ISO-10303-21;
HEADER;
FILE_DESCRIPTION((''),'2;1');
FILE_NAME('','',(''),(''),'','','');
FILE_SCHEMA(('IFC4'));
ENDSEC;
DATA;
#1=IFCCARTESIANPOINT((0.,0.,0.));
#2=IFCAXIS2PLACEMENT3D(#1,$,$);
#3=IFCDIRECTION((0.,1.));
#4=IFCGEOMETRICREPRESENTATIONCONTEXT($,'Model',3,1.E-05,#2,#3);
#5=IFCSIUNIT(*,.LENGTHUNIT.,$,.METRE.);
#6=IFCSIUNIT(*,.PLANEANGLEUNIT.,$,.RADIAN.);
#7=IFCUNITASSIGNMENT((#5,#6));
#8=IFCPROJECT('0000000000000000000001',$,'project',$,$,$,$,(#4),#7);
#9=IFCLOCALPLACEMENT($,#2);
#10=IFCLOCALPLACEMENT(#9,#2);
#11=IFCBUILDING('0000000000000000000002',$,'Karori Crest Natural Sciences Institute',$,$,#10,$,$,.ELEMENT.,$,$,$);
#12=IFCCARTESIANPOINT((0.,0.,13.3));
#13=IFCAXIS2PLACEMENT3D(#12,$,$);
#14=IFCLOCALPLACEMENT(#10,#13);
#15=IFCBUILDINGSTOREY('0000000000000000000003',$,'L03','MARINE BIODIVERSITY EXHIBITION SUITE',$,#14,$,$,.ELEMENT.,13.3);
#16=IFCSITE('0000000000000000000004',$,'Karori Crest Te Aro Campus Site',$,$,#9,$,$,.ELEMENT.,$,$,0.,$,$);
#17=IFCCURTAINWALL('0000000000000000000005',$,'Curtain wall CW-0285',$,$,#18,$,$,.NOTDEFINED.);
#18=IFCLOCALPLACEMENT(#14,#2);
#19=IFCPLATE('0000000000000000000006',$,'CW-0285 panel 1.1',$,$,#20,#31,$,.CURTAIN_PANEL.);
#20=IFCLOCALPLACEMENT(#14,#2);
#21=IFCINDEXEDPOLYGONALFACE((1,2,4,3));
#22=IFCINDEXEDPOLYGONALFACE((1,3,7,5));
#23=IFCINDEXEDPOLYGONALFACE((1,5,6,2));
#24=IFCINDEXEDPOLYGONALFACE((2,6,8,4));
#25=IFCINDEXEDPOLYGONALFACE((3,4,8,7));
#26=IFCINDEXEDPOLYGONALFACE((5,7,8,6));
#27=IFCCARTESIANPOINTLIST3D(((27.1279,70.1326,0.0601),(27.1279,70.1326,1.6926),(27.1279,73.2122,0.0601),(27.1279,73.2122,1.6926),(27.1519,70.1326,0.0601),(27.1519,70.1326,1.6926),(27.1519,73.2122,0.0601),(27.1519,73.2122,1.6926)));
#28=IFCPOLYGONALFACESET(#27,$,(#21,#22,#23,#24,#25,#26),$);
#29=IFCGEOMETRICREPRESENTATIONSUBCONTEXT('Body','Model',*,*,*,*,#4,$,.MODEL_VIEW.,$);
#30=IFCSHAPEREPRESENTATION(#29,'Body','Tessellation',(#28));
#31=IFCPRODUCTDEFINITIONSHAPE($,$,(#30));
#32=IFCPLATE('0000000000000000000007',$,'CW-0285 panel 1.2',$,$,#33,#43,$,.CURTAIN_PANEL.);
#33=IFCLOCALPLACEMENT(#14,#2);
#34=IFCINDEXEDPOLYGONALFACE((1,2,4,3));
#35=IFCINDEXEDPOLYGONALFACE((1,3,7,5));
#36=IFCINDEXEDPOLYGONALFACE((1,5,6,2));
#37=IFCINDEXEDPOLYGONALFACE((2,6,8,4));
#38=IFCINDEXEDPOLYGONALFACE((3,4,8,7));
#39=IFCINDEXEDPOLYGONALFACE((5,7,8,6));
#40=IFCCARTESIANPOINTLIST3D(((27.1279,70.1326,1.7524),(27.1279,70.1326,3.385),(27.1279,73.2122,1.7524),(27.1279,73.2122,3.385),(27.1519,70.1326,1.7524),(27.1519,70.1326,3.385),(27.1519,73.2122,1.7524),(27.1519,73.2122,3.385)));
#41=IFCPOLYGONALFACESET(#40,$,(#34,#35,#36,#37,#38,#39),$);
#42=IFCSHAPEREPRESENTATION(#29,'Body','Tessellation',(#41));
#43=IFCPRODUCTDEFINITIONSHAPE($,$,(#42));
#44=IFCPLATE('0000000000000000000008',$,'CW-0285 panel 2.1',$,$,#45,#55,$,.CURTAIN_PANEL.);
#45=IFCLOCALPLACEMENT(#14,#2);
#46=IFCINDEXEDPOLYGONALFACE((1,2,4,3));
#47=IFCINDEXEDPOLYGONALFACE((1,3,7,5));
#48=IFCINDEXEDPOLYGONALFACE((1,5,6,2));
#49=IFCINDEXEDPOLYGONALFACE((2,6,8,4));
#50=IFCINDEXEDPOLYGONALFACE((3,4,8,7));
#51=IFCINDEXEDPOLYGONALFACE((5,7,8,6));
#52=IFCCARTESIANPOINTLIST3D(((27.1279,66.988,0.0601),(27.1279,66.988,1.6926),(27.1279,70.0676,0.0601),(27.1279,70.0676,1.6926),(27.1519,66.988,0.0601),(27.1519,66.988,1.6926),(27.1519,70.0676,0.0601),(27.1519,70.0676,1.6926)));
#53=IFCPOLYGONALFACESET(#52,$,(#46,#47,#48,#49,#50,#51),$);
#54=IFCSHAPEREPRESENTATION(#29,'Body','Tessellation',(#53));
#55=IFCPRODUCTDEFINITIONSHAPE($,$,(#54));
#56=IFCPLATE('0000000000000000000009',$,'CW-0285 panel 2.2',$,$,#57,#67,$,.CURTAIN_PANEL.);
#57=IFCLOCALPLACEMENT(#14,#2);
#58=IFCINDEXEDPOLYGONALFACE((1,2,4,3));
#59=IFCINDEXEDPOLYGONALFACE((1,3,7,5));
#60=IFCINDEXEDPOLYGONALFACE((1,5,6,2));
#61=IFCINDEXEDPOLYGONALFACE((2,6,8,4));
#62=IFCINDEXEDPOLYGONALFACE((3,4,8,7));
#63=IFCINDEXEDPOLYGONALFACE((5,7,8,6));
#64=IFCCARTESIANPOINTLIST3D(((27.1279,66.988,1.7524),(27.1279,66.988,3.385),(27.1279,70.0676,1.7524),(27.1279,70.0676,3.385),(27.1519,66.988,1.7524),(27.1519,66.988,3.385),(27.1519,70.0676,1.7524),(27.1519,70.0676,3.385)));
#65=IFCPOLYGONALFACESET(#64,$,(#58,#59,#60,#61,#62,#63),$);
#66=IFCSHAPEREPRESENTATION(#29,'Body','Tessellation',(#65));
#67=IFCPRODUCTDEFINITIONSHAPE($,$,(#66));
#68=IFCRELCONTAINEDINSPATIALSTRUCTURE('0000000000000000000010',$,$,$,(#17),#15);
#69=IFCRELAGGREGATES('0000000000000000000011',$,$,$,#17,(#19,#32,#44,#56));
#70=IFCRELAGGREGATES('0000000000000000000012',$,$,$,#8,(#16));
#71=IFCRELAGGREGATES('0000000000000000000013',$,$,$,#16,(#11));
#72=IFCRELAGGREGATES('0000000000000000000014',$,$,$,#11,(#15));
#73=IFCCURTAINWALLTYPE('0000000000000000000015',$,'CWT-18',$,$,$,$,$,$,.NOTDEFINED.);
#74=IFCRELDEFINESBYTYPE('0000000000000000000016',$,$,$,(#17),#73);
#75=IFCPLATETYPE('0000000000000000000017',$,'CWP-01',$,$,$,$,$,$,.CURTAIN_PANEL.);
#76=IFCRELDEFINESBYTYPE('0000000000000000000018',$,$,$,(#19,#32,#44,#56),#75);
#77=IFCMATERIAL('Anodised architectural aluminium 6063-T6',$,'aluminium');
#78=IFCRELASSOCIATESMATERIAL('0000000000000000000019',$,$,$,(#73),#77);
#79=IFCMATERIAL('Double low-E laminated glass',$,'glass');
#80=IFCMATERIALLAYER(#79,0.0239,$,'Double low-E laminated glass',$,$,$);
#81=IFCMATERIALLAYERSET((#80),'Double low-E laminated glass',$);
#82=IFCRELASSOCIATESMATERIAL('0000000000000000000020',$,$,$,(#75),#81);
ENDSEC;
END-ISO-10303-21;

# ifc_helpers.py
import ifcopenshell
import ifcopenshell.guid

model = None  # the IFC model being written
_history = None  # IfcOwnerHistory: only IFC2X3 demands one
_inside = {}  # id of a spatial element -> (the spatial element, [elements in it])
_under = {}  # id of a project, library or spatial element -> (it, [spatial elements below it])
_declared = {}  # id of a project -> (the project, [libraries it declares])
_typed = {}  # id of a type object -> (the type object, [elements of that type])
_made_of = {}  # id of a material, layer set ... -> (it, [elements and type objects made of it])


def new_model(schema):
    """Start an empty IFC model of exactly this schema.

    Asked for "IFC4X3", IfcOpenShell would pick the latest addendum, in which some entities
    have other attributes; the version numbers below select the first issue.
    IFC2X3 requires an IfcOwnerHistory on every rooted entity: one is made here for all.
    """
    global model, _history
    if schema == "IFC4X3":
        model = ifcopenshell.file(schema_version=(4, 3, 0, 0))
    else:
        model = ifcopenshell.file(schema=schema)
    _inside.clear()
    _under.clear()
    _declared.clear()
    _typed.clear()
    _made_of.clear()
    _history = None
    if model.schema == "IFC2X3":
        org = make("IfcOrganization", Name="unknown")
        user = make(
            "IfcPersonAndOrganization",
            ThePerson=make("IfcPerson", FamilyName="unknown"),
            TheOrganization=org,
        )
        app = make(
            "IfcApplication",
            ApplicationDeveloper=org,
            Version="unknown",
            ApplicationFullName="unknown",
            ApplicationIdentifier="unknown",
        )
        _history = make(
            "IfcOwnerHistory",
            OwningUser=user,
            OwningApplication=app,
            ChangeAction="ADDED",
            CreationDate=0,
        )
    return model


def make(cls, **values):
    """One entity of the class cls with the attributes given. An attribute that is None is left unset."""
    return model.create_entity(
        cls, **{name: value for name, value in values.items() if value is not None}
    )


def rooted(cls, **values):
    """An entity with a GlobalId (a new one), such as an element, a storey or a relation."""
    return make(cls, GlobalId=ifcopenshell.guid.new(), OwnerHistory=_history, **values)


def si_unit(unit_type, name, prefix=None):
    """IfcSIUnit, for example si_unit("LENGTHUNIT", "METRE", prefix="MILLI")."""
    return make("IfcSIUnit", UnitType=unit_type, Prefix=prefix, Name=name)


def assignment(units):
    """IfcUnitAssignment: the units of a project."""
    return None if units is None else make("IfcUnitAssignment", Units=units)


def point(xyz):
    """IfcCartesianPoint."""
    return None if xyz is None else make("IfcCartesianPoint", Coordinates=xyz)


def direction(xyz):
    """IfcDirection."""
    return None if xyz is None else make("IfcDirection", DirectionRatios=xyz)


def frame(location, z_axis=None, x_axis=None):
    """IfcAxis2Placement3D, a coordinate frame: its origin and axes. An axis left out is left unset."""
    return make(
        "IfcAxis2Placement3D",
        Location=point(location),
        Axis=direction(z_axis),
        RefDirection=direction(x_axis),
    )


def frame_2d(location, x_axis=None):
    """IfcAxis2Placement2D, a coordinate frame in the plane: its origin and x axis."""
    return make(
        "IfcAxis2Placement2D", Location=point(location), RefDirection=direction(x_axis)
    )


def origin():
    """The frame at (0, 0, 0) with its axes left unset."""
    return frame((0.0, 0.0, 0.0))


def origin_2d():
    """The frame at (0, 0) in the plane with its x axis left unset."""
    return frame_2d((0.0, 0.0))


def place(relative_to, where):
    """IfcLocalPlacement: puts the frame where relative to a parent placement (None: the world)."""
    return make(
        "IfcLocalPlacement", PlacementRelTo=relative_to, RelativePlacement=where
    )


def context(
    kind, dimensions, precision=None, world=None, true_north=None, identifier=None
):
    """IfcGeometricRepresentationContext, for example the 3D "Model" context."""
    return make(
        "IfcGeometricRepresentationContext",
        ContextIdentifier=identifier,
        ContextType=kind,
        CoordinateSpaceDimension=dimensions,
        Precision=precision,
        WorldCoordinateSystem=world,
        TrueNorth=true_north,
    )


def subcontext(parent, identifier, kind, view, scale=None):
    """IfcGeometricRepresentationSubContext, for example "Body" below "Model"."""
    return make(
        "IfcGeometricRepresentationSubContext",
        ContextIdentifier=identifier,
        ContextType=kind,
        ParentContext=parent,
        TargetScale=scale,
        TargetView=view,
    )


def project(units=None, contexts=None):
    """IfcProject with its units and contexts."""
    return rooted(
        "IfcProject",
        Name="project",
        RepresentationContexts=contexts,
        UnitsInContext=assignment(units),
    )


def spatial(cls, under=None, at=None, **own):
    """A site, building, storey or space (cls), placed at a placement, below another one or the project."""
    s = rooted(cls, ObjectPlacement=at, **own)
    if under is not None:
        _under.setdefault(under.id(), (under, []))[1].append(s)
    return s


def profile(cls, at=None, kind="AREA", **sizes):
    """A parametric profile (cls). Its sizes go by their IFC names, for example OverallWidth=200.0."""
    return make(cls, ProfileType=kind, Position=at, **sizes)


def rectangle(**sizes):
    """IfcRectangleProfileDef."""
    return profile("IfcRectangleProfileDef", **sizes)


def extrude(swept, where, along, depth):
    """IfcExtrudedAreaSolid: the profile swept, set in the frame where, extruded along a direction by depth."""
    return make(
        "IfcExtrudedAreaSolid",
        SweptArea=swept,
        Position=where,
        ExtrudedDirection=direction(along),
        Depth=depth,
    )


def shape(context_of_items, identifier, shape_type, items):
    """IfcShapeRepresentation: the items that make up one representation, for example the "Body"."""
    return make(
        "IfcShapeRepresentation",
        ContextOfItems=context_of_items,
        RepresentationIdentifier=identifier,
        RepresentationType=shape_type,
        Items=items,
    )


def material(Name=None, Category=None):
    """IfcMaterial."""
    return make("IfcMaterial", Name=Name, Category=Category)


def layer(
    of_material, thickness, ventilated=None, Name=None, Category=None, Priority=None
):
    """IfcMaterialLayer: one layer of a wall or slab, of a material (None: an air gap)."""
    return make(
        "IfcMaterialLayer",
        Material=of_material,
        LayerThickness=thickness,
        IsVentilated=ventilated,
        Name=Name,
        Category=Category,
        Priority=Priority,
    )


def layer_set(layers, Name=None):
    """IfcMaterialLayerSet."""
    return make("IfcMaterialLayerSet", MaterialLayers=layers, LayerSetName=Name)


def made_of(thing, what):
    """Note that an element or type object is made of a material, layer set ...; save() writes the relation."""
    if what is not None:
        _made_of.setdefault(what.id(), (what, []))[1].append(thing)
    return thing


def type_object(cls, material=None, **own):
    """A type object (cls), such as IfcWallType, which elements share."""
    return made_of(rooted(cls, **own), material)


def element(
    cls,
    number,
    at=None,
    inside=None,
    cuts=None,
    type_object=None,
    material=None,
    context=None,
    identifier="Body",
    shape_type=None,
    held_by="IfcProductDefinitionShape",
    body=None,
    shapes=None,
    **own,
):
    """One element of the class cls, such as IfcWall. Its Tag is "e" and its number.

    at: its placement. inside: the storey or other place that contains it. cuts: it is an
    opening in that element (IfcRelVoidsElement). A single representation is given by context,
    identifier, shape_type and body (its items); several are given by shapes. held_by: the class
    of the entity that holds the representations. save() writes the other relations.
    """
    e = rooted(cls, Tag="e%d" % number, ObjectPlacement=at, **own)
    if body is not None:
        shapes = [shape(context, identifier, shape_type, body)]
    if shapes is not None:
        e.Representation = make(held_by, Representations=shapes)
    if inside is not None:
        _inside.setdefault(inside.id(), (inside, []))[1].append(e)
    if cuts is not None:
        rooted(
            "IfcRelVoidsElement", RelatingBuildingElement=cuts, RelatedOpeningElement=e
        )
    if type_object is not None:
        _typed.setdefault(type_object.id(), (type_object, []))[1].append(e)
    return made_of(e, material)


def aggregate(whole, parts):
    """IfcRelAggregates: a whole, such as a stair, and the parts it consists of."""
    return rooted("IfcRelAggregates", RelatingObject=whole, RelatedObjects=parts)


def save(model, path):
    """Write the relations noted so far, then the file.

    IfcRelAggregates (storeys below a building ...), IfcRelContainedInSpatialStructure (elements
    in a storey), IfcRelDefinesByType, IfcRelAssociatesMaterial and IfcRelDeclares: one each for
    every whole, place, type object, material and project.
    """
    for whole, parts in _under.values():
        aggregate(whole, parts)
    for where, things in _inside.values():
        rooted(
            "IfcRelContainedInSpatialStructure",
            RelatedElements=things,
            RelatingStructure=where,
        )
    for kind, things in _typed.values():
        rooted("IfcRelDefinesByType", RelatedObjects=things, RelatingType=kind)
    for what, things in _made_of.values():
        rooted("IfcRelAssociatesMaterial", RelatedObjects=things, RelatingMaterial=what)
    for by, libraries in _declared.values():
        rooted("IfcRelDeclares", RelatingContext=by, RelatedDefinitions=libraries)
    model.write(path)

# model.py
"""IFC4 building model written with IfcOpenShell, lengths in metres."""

from ifc_helpers import new_model, si_unit, direction, frame, origin, origin_2d, place, context, subcontext, project, spatial, rectangle, extrude, material, layer, layer_set, type_object, element, aggregate, save


model = new_model("IFC4")

# Units and contexts
model_context = context("Model", 3, precision=1e-05, world=origin(), true_north=direction((0.0, 1.0)))
body_context = subcontext(model_context, "Body", "Model", "MODEL_VIEW")
ifc_project = project(units=[si_unit("LENGTHUNIT", "METRE"), si_unit("PLANEANGLEUNIT", "RADIAN")], contexts=[model_context])

# Site, building, storey
site_placement = place(None, origin())
site = spatial("IfcSite", under=ifc_project, at=site_placement, Name="Karori Crest Te Aro Campus Site", CompositionType="ELEMENT", RefElevation=0.0)
building_placement = place(site_placement, origin())
building = spatial("IfcBuilding", under=site, at=building_placement, Name="Karori Crest Natural Sciences Institute", CompositionType="ELEMENT")
storey_placement = place(building_placement, frame((0.0, 0.0, 13.3)))
storey = spatial("IfcBuildingStorey", under=building, at=storey_placement, Name="L03", Description="MARINE BIODIVERSITY EXHIBITION SUITE", CompositionType="ELEMENT", Elevation=13.3)

# Curtain wall
ifc_material_1 = material(Name="Anodised architectural aluminium 6063-T6", Category="aluminium")
curtain_wall_type = type_object("IfcCurtainWallType", Name="CWT-18", PredefinedType="NOTDEFINED", material=ifc_material_1)
curtain_wall_1_placement = place(storey_placement, origin())
curtain_wall_1 = element("IfcCurtainWall", 1, at=curtain_wall_1_placement, inside=storey, type_object=curtain_wall_type, Name="Curtain wall CW-0285", PredefinedType="NOTDEFINED")

# Plates
ifc_material_2 = material(Name="Double low-E laminated glass", Category="glass")
ifc_layer = layer(ifc_material_2, 0.0239, Name="Double low-E laminated glass")
ifc_layer_set = layer_set([ifc_layer], Name="Double low-E laminated glass")
plate_type = type_object("IfcPlateType", Name="CWP-01", PredefinedType="CURTAIN_PANEL", material=ifc_layer_set)
plate_1_placement = place(storey_placement, frame((27.1399, 71.6724, 0.0601), z_axis=(0.0, 0.0, 1.0), x_axis=(0.0, -1.0, 0.0)))
plate_1 = element("IfcPlate", 2, at=plate_1_placement, type_object=plate_type, Name="CW-0285 panel 1.1", PredefinedType="CURTAIN_PANEL", context=body_context, shape_type="SweptSolid", body=[
    extrude(rectangle(XDim=3.0796, YDim=0.0239, at=origin_2d()), origin(), (0.0, 0.0, 1.0), 1.6326),
])
plate_2_placement = place(storey_placement, frame((27.1399, 71.6724, 1.7524), z_axis=(0.0, 0.0, 1.0), x_axis=(0.0, -1.0, 0.0)))
plate_2 = element("IfcPlate", 3, at=plate_2_placement, type_object=plate_type, Name="CW-0285 panel 1.2", PredefinedType="CURTAIN_PANEL", context=body_context, shape_type="SweptSolid", body=[
    extrude(rectangle(XDim=3.0796, YDim=0.0239, at=origin_2d()), origin(), (0.0, 0.0, 1.0), 1.6326),
])
plate_3_placement = place(storey_placement, frame((27.1399, 68.5278, 0.0601), z_axis=(0.0, 0.0, 1.0), x_axis=(0.0, -1.0, 0.0)))
plate_3 = element("IfcPlate", 4, at=plate_3_placement, type_object=plate_type, Name="CW-0285 panel 2.1", PredefinedType="CURTAIN_PANEL", context=body_context, shape_type="SweptSolid", body=[
    extrude(rectangle(XDim=3.0796, YDim=0.0239, at=origin_2d()), origin(), (0.0, 0.0, 1.0), 1.6326),
])
plate_4_placement = place(storey_placement, frame((27.1399, 68.5278, 1.7524), z_axis=(0.0, 0.0, 1.0), x_axis=(0.0, -1.0, 0.0)))
plate_4 = element("IfcPlate", 5, at=plate_4_placement, type_object=plate_type, Name="CW-0285 panel 2.2", PredefinedType="CURTAIN_PANEL", context=body_context, shape_type="SweptSolid", body=[
    extrude(rectangle(XDim=3.0796, YDim=0.0239, at=origin_2d()), origin(), (0.0, 0.0, 1.0), 1.6326),
])
aggregate(curtain_wall_1, [plate_1, plate_2, plate_3, plate_4])

save(model, "model.ifc")
